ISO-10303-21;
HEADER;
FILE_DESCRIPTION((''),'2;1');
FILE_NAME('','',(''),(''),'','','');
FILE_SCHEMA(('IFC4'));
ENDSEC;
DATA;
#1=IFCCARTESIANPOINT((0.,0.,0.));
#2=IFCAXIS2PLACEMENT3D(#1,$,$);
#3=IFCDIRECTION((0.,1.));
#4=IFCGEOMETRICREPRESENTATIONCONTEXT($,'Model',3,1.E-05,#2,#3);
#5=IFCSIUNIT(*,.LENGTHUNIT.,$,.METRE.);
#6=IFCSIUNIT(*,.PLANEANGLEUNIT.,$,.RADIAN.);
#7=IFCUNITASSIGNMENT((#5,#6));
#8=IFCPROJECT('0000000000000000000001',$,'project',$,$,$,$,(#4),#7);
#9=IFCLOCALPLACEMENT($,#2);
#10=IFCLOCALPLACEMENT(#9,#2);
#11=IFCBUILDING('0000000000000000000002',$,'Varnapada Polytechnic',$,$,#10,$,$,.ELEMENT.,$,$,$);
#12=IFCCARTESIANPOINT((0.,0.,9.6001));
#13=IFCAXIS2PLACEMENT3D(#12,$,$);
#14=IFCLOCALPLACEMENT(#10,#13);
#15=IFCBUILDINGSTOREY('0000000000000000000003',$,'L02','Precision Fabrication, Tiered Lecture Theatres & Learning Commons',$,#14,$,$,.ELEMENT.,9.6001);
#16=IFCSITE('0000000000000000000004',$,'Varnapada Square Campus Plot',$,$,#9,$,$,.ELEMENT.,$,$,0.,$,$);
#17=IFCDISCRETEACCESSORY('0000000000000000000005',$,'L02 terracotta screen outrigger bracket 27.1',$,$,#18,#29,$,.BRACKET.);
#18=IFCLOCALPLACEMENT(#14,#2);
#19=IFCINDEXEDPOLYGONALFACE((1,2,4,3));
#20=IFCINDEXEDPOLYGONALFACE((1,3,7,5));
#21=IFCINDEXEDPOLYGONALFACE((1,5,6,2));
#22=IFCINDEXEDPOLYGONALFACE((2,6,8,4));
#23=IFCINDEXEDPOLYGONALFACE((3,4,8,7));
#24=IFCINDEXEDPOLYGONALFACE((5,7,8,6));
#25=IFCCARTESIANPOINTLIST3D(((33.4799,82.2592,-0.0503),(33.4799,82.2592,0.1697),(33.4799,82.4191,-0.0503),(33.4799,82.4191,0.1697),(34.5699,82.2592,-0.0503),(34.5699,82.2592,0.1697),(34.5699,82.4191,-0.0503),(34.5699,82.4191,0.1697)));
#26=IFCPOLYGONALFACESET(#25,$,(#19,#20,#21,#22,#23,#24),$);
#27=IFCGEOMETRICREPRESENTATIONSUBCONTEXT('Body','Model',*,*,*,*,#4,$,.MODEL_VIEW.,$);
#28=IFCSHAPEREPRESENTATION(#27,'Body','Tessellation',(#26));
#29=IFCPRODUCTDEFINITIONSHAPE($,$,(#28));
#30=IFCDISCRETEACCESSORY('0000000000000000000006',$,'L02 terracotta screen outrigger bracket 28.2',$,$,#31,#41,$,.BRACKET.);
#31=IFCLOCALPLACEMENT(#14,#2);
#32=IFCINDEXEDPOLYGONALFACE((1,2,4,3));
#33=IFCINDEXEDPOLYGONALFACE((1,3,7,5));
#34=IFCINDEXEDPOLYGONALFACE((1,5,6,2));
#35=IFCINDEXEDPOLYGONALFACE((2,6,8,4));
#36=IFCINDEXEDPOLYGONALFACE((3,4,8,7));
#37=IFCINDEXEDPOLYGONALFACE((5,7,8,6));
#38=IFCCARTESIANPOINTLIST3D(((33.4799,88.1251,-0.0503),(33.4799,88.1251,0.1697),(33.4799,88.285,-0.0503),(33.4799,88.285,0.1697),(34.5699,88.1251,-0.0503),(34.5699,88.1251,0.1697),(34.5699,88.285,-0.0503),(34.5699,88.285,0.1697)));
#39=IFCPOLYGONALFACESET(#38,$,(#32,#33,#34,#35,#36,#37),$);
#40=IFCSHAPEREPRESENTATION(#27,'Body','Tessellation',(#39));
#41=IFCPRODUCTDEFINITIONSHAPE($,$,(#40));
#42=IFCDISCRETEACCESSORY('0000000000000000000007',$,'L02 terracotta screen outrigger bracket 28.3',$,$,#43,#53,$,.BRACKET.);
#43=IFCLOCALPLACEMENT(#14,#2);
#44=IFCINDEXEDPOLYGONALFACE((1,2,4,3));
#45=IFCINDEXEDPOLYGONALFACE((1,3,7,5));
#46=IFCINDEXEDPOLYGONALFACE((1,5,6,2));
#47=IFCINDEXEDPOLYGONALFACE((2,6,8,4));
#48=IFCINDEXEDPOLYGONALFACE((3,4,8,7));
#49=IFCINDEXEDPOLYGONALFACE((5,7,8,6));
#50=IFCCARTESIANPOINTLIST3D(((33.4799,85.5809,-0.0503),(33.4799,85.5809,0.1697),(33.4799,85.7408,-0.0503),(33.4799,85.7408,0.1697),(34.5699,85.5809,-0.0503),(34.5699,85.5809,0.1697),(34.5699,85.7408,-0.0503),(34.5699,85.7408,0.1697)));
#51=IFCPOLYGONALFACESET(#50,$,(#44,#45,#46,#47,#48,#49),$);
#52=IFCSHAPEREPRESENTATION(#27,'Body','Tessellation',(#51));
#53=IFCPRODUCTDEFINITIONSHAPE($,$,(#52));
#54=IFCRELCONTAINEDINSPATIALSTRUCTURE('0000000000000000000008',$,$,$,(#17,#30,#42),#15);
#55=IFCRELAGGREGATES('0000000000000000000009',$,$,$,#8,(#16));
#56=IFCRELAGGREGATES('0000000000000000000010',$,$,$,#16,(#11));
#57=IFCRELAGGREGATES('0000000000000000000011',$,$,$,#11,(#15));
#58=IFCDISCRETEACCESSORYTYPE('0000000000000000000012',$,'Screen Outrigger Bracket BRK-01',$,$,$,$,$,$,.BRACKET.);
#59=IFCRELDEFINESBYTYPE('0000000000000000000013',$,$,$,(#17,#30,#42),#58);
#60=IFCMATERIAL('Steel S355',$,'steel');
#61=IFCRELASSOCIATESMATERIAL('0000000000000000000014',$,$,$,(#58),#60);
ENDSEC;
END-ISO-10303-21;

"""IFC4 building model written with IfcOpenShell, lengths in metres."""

from ifc_helpers import new_model, si_unit, direction, frame, origin, origin_2d, place, context, subcontext, project, spatial, rectangle, extrude, material, type_object, element, save


model = new_model("IFC4")

# Units and contexts
model_context = context("Model", 3, precision=1e-05, world=origin(), true_north=direction((0.0, 1.0)))
body_context = subcontext(model_context, "Body", "Model", "MODEL_VIEW")
ifc_project = project(units=[si_unit("LENGTHUNIT", "METRE"), si_unit("PLANEANGLEUNIT", "RADIAN")], contexts=[model_context])

# Site, building, storey
site_placement = place(None, origin())
site = spatial("IfcSite", under=ifc_project, at=site_placement, Name="Varnapada Square Campus Plot", CompositionType="ELEMENT", RefElevation=0.0)
building_placement = place(site_placement, origin())
building = spatial("IfcBuilding", under=site, at=building_placement, Name="Varnapada Polytechnic", CompositionType="ELEMENT")
storey_placement = place(building_placement, frame((0.0, 0.0, 9.6001)))
storey = spatial("IfcBuildingStorey", under=building, at=storey_placement, Name="L02", Description="Precision Fabrication, Tiered Lecture Theatres & Learning Commons", CompositionType="ELEMENT", Elevation=9.6001)

# Discrete accessories
ifc_material_1 = material(Name="Steel S355", Category="steel")
discrete_accessory_type = type_object("IfcDiscreteAccessoryType", Name="Screen Outrigger Bracket BRK-01", PredefinedType="BRACKET", material=ifc_material_1)
for number, where, z_axis, x_axis, name in (
    (1, (34.0249, 82.3391, -0.0503), (0.0, 0.0, 1.0), (0.0, -1.0, 0.0), "L02 terracotta screen outrigger bracket 27.1"),
    (2, (34.0249, 88.2051, -0.0503), (0.0, 0.0, 1.0), (0.0, -1.0, 0.0), "L02 terracotta screen outrigger bracket 28.2"),
    (3, (34.0249, 85.6609, -0.0503), (0.0, 0.0, 1.0), (0.0, -1.0, 0.0), "L02 terracotta screen outrigger bracket 28.3"),
):
    element("IfcDiscreteAccessory", number, at=place(storey_placement, frame(where, z_axis=z_axis, x_axis=x_axis)), inside=storey, type_object=discrete_accessory_type, Name=name, PredefinedType="BRACKET", context=body_context, shape_type="SweptSolid", body=[
        extrude(rectangle(XDim=0.1599, YDim=1.0901, at=origin_2d()), origin(), (0.0, 0.0, 1.0), 0.22),
    ])

save(model, "model.ifc")
